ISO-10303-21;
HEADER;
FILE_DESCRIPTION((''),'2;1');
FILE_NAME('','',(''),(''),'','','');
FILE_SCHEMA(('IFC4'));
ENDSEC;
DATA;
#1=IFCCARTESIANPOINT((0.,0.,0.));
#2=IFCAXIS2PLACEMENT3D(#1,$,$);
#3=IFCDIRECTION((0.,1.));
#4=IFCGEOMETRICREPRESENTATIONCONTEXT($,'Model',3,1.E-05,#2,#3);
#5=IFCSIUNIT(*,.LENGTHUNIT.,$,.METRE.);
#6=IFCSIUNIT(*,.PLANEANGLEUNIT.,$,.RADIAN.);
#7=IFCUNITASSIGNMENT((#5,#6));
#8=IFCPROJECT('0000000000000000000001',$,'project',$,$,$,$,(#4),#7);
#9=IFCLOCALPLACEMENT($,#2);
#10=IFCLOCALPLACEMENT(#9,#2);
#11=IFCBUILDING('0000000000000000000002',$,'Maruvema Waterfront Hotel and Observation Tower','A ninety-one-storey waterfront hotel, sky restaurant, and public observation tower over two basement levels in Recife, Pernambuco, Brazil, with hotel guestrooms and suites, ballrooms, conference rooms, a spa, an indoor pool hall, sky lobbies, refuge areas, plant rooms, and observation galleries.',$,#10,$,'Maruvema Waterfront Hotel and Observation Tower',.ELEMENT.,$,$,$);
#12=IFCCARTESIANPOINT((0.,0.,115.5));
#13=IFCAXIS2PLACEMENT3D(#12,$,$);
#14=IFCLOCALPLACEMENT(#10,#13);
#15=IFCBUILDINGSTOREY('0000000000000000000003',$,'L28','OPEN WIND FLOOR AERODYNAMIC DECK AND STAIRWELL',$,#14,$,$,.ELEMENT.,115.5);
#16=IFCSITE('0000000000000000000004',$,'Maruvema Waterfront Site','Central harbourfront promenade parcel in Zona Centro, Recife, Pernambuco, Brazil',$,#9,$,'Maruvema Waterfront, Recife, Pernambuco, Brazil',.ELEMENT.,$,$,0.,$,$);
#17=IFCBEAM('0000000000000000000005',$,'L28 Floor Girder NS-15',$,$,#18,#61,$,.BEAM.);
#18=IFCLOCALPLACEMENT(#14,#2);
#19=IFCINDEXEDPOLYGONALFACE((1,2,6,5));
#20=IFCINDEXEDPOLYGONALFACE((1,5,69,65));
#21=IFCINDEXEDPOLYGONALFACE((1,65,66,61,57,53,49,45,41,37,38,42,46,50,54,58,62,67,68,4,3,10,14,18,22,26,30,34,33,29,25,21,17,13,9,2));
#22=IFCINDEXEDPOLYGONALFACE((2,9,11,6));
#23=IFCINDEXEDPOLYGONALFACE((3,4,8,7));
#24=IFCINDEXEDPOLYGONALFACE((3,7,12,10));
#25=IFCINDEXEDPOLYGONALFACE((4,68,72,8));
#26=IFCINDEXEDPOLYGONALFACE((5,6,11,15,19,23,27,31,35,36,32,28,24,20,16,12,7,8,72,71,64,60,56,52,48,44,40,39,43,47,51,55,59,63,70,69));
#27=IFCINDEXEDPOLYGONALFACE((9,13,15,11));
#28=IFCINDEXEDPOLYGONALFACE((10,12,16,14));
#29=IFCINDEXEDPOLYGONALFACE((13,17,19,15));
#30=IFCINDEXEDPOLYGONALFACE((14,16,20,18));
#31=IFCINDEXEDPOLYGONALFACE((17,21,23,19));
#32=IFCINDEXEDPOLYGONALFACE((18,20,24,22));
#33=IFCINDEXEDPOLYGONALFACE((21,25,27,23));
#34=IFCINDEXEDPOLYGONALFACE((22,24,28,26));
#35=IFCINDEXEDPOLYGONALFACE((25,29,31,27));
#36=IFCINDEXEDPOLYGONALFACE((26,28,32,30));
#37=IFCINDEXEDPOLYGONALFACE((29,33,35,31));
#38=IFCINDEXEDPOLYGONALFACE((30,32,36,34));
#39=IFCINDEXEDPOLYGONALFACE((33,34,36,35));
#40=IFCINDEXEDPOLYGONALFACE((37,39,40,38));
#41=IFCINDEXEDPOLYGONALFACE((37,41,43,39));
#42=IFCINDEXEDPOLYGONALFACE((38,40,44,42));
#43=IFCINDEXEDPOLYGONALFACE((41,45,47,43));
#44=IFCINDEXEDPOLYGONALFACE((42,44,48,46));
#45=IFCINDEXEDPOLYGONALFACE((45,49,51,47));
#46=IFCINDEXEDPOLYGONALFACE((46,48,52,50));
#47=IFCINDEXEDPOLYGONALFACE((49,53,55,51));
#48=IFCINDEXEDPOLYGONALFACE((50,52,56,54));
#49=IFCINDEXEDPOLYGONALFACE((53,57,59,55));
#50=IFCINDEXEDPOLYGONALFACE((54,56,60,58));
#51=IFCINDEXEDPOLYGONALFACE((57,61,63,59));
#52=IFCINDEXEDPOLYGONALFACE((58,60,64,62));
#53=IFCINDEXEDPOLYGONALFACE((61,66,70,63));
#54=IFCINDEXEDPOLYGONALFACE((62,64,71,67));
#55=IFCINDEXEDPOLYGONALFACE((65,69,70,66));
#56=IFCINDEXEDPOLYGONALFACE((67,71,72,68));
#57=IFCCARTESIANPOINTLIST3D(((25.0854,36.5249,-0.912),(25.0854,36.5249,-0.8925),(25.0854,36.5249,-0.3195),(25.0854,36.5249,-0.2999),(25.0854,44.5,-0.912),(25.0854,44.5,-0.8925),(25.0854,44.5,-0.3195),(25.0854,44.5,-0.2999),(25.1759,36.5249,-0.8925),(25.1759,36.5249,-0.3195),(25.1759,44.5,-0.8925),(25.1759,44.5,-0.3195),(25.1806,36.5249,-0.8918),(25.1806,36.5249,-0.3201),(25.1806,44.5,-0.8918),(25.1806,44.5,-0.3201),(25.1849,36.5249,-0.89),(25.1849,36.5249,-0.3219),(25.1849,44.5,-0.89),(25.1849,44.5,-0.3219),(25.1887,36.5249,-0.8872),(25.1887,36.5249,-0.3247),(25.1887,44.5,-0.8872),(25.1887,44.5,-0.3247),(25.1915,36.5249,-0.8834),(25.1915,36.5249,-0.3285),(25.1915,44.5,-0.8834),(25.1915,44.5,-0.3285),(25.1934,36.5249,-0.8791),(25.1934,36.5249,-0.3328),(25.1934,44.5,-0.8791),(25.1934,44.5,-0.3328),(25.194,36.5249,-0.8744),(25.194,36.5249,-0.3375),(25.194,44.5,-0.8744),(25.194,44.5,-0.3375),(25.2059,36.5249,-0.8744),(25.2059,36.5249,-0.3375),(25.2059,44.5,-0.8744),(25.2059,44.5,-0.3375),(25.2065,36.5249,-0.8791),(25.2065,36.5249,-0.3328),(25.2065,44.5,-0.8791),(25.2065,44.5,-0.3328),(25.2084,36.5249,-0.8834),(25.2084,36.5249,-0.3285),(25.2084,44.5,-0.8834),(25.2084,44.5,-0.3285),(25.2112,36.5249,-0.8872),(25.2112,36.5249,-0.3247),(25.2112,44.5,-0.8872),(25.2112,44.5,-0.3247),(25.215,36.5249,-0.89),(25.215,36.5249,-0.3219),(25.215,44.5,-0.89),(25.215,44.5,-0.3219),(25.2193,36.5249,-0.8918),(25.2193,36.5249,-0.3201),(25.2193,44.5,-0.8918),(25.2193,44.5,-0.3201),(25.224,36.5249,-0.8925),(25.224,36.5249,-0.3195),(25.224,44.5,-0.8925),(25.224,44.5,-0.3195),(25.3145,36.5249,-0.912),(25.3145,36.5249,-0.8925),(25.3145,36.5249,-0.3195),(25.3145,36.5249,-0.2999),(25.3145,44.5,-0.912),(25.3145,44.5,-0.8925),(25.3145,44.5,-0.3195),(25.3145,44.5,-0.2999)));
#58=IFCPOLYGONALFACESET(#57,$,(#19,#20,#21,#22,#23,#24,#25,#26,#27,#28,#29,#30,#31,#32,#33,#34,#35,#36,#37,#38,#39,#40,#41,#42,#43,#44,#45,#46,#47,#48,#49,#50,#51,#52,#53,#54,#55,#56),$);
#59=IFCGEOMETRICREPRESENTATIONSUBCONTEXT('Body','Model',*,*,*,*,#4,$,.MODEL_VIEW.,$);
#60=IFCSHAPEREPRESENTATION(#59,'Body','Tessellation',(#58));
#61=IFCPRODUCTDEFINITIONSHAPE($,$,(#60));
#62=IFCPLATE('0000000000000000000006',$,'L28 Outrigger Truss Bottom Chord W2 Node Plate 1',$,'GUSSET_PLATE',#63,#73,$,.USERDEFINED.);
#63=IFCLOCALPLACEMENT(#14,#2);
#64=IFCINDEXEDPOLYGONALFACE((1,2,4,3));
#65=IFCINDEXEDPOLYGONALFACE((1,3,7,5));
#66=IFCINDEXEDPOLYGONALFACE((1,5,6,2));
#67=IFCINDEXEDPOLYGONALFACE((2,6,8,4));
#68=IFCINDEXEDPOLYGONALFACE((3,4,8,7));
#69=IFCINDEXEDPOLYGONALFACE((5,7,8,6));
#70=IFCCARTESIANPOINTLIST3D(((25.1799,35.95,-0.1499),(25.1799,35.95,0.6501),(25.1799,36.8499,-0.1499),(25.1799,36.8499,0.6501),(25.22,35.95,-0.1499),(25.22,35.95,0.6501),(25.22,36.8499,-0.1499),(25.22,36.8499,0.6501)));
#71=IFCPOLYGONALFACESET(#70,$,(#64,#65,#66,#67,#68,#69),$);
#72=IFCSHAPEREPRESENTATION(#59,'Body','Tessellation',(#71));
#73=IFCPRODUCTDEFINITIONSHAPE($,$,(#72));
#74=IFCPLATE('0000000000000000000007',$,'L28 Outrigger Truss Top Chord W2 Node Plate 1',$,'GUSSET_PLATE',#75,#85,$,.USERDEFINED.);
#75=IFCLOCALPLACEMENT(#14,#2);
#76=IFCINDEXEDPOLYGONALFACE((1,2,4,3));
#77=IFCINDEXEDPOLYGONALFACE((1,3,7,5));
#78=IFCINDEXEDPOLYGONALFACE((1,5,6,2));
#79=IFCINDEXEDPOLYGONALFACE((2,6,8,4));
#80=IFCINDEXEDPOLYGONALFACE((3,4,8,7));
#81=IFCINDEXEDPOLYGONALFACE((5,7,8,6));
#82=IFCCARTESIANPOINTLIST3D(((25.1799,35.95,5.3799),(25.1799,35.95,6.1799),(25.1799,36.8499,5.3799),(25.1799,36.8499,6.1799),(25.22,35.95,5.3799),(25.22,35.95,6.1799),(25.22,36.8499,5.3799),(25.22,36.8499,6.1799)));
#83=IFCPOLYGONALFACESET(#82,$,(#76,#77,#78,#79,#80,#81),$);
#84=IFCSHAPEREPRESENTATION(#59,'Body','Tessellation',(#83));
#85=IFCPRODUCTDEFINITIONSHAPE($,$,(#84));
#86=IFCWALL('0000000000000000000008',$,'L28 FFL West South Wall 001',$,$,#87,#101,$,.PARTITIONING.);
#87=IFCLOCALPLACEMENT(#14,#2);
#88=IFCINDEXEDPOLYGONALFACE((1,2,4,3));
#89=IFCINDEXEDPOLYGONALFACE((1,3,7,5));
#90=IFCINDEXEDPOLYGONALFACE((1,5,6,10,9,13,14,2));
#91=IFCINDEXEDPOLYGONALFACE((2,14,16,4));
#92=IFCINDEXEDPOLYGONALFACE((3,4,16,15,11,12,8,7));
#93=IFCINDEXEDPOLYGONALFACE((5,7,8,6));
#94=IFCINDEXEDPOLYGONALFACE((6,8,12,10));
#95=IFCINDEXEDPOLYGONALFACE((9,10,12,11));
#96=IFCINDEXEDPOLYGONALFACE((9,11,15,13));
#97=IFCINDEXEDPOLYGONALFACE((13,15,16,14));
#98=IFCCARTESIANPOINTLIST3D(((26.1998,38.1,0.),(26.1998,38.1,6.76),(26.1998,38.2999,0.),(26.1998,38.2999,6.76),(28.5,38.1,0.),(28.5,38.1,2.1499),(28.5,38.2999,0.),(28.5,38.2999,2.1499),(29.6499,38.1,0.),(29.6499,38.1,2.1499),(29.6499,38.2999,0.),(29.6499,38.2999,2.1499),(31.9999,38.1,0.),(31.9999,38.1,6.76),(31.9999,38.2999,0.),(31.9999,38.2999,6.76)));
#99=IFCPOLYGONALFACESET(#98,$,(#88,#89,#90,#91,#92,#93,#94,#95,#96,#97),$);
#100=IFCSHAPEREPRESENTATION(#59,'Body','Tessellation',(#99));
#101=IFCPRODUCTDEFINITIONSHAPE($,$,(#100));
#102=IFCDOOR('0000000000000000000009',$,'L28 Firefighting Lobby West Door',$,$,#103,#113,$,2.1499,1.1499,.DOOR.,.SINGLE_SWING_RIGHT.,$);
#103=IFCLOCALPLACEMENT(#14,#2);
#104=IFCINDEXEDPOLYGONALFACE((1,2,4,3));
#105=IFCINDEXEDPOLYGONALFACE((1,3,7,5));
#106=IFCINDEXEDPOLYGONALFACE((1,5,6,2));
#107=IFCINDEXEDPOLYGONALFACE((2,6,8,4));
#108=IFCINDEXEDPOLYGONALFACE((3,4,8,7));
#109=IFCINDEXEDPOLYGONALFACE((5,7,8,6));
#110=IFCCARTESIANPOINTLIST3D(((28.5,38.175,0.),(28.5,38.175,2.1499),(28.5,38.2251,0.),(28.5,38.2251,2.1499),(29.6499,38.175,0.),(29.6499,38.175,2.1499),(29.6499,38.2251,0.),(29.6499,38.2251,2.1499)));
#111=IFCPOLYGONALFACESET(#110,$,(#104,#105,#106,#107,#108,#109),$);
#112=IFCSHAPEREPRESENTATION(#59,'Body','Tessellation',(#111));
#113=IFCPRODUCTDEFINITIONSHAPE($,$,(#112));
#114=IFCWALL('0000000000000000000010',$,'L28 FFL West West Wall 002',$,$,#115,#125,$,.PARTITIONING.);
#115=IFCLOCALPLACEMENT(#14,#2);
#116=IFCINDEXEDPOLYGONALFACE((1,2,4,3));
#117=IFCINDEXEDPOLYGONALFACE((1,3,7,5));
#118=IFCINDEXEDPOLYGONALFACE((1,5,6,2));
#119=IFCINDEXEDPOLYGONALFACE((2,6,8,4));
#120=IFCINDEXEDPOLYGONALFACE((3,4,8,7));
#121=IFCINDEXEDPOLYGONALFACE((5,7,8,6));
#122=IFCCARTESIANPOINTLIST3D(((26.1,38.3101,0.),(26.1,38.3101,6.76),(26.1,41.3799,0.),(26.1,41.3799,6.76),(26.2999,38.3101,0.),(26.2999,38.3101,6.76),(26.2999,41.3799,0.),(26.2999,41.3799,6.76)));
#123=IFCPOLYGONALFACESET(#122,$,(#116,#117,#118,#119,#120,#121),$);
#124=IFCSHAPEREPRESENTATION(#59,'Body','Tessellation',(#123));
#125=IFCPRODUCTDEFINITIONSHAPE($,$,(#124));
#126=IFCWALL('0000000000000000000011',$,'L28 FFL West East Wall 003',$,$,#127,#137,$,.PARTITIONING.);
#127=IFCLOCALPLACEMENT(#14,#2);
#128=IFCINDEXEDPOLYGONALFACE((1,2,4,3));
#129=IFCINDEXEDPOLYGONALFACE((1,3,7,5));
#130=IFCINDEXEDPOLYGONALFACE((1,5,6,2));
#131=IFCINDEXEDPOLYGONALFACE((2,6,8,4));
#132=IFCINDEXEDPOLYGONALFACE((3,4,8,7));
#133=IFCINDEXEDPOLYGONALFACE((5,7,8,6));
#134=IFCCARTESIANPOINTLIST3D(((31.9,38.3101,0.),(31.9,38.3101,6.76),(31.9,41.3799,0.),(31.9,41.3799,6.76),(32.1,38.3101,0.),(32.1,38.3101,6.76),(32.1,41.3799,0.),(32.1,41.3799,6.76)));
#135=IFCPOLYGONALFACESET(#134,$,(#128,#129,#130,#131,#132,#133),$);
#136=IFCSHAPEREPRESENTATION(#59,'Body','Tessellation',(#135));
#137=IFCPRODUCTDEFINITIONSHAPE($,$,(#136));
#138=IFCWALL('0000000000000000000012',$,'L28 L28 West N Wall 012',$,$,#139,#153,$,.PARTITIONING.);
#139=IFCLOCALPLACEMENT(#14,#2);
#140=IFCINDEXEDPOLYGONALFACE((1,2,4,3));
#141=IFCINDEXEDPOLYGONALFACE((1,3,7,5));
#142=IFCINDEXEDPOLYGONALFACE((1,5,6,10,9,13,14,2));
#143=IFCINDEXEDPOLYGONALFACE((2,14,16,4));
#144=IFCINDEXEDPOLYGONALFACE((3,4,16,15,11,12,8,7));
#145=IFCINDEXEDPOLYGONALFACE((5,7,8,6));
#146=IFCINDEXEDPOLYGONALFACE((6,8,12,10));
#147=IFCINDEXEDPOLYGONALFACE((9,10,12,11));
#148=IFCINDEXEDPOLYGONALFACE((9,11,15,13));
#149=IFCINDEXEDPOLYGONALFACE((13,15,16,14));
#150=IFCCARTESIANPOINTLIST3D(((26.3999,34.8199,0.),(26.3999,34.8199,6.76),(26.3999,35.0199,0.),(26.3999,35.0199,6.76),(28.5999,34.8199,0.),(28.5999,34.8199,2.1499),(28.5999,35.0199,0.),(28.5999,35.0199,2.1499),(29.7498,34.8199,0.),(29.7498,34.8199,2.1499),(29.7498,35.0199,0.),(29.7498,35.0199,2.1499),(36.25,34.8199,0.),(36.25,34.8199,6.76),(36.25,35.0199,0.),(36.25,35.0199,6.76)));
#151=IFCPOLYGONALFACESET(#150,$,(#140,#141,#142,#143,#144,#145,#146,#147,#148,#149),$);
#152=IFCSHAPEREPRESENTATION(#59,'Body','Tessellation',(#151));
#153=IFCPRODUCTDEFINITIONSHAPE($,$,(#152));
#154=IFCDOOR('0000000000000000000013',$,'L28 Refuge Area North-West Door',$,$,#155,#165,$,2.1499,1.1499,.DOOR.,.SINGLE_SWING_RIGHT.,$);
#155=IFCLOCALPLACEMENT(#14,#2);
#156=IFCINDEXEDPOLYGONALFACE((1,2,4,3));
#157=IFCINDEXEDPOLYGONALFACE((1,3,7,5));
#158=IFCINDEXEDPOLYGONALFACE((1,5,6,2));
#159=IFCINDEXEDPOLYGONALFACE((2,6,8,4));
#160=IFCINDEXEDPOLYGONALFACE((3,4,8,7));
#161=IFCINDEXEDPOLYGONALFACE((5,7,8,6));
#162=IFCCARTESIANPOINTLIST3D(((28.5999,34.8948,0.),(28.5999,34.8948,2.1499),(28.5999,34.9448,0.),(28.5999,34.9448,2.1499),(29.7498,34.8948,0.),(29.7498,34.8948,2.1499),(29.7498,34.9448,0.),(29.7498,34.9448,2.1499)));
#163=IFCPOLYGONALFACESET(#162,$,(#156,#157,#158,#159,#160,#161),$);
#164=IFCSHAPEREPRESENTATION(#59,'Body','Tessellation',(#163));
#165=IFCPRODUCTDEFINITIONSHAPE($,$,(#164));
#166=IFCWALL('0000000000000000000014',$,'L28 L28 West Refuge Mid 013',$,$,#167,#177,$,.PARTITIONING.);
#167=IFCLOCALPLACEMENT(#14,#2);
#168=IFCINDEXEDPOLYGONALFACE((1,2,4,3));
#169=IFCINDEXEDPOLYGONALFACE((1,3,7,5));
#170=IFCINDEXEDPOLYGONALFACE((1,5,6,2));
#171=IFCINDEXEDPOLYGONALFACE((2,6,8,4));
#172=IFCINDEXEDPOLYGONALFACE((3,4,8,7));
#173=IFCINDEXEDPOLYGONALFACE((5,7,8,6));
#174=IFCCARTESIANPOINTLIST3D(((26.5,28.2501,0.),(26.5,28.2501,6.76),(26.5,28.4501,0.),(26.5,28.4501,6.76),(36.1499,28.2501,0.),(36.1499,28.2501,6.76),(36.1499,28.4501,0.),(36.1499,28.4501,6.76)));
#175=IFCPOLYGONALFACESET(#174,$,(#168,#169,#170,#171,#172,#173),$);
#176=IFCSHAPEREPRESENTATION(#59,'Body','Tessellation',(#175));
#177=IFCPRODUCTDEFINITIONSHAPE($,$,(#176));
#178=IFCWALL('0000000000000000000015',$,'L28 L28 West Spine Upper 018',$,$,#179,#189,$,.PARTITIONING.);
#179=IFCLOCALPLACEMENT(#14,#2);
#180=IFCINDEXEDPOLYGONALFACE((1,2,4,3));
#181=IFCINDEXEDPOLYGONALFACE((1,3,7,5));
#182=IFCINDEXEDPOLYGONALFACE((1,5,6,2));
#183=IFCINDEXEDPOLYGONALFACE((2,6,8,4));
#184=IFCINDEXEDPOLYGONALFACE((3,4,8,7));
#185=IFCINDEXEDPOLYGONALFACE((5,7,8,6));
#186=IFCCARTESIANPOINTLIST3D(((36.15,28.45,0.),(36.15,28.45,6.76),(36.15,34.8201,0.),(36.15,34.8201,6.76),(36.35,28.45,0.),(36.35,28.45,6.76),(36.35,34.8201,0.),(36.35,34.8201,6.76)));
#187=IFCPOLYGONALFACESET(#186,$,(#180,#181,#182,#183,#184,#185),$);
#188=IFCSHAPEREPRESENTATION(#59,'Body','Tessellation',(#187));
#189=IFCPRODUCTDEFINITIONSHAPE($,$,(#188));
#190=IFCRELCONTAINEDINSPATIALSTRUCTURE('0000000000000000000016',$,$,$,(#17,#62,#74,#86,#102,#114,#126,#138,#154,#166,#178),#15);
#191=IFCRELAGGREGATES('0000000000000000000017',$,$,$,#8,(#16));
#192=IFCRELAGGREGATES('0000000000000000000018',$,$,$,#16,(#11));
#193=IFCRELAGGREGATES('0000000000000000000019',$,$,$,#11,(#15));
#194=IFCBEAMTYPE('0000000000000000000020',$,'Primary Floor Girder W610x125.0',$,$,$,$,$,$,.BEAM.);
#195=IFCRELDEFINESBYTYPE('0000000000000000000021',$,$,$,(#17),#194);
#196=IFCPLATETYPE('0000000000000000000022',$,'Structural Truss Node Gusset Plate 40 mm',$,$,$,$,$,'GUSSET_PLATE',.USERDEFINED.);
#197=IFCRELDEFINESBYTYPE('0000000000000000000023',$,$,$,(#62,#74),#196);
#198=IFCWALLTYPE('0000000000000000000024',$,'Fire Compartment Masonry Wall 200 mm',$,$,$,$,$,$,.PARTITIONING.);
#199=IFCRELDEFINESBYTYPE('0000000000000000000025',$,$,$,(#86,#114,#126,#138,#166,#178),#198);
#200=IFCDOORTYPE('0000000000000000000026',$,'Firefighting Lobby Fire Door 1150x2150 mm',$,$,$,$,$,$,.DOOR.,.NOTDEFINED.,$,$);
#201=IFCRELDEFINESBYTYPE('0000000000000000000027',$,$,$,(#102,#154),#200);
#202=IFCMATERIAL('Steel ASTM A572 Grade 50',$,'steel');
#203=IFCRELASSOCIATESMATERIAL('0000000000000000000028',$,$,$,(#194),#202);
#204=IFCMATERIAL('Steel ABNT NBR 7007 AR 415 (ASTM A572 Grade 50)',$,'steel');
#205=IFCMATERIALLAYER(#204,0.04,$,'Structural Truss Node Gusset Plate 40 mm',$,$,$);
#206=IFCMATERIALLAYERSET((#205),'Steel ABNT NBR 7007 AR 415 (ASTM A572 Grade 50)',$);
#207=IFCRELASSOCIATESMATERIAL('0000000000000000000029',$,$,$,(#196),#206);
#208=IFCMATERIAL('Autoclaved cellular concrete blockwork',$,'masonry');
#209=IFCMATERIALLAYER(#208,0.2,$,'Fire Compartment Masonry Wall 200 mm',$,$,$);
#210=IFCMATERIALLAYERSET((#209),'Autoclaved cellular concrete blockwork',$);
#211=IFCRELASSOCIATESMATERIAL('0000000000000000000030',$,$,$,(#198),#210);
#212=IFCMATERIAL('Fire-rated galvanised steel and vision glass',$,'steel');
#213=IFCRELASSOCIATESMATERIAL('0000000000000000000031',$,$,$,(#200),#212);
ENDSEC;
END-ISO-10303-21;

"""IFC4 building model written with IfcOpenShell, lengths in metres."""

from ifc_helpers import new_model, si_unit, direction, frame, frame_2d, origin, origin_2d, place, context, subcontext, project, spatial, rectangle, i_section, extrude, material, layer, layer_set, material_profile, profile_set, type_object, element, fill, save


model = new_model("IFC4")

# Units and contexts
model_context = context("Model", 3, precision=1e-05, world=origin(), true_north=direction((0.0, 1.0)))
body_context = subcontext(model_context, "Body", "Model", "MODEL_VIEW")
ifc_project = project(units=[si_unit("LENGTHUNIT", "METRE"), si_unit("PLANEANGLEUNIT", "RADIAN")], contexts=[model_context])

# Site, building, storey
site_placement = place(None, origin())
site = spatial("IfcSite", under=ifc_project, at=site_placement, Name="Maruvema Waterfront Site", Description="Central harbourfront promenade parcel in Zona Centro, Recife, Pernambuco, Brazil", LongName="Maruvema Waterfront, Recife, Pernambuco, Brazil", CompositionType="ELEMENT", RefElevation=0.0)
building_placement = place(site_placement, origin())
building = spatial("IfcBuilding", under=site, at=building_placement, Name="Maruvema Waterfront Hotel and Observation Tower", Description="A ninety-one-storey waterfront hotel, sky restaurant, and public observation tower over two basement levels in Recife, Pernambuco, Brazil, with hotel guestrooms and suites, ballrooms, conference rooms, a spa, an indoor pool hall, sky lobbies, refuge areas, plant rooms, and observation galleries.", LongName="Maruvema Waterfront Hotel and Observation Tower", CompositionType="ELEMENT")
storey_placement = place(building_placement, frame((0.0, 0.0, 115.5)))
storey = spatial("IfcBuildingStorey", under=building, at=storey_placement, Name="L28", Description="OPEN WIND FLOOR AERODYNAMIC DECK AND STAIRWELL", CompositionType="ELEMENT", Elevation=115.5)

# Beam
ifc_material_1 = material(Name="Steel ASTM A572 Grade 50", Category="steel")
ifc_material_profile_1 = material_profile(ifc_material_1, i_section(OverallWidth=0.229, OverallDepth=0.6121, WebThickness=0.012, FlangeThickness=0.0195, FilletRadius=0.0181, at=origin_2d()), Name="W610x125.0")
ifc_profile_set_1 = profile_set([ifc_material_profile_1], Name="Steel ASTM A572 Grade 50")
beam_type = type_object("IfcBeamType", Name="Primary Floor Girder W610x125.0", PredefinedType="BEAM", material=ifc_profile_set_1)
beam_1_placement = place(storey_placement, frame((25.2, 36.5249, -0.606), z_axis=(0.0, 1.0, 0.0), x_axis=(-1.0, 0.0, 0.0)))
element("IfcBeam", 1, at=beam_1_placement, inside=storey, type_object=beam_type, Name="L28 Floor Girder NS-15", PredefinedType="BEAM", context=body_context, shape_type="SweptSolid", body=[
    extrude(i_section(OverallWidth=0.229, OverallDepth=0.6121, WebThickness=0.012, FlangeThickness=0.0195, FilletRadius=0.0181, at=origin_2d()), origin(), (0.0, 0.0, 1.0), 7.9751),
])

# Plates
ifc_material_2 = material(Name="Steel ABNT NBR 7007 AR 415 (ASTM A572 Grade 50)", Category="steel")
ifc_layer_1 = layer(ifc_material_2, 0.04, Name="Structural Truss Node Gusset Plate 40 mm")
ifc_layer_set_1 = layer_set([ifc_layer_1], Name="Steel ABNT NBR 7007 AR 415 (ASTM A572 Grade 50)")
plate_type = type_object("IfcPlateType", Name="Structural Truss Node Gusset Plate 40 mm", ElementType="GUSSET_PLATE", PredefinedType="USERDEFINED", material=ifc_layer_set_1)
for number, where, z_axis, x_axis, name in (
    (2, (25.2, 36.3999, -0.1499), (0.0, 0.0, 1.0), (0.0, 1.0, 0.0), "L28 Outrigger Truss Bottom Chord W2 Node Plate 1"),
    (3, (25.2, 36.3999, 5.3799), (0.0, 0.0, 1.0), (0.0, 1.0, 0.0), "L28 Outrigger Truss Top Chord W2 Node Plate 1"),
):
    element("IfcPlate", number, at=place(storey_placement, frame(where, z_axis=z_axis, x_axis=x_axis)), inside=storey, type_object=plate_type, Name=name, ObjectType="GUSSET_PLATE", PredefinedType="USERDEFINED", context=body_context, shape_type="SweptSolid", body=[
        extrude(rectangle(XDim=0.8999, YDim=0.04, at=origin_2d()), origin(), (0.0, 0.0, 1.0), 0.8),
    ])

# Wall, opening, door
ifc_material_3 = material(Name="Autoclaved cellular concrete blockwork", Category="masonry")
ifc_layer_2 = layer(ifc_material_3, 0.2, Name="Fire Compartment Masonry Wall 200 mm")
ifc_layer_set_2 = layer_set([ifc_layer_2], Name="Autoclaved cellular concrete blockwork")
wall_type = type_object("IfcWallType", Name="Fire Compartment Masonry Wall 200 mm", PredefinedType="PARTITIONING", material=ifc_layer_set_2)
wall_1_placement = place(storey_placement, frame((26.2, 38.2, 0.0), z_axis=(0.0, 0.0, 1.0), x_axis=(1.0, 0.0, 0.0)))
wall_1 = element("IfcWall", 4, at=wall_1_placement, inside=storey, type_object=wall_type, Name="L28 FFL West South Wall 001", PredefinedType="PARTITIONING", context=body_context, shape_type="SweptSolid", body=[
    extrude(rectangle(XDim=5.8, YDim=0.2, at=frame_2d((2.8999, 0.0))), origin(), (0.0, 0.0, 1.0), 6.76),
])
opening_1_placement = place(wall_1_placement, frame((2.3, 0.0, 0.0)))
opening_1 = element("IfcOpeningElement", 5, at=opening_1_placement, cuts=wall_1, PredefinedType="OPENING", context=body_context, shape_type="SweptSolid", body=[
    extrude(rectangle(XDim=1.1499, YDim=2.1499, at=frame_2d((0.575, 1.075))), frame((0.0, 0.1099, 0.0), z_axis=(0.0, -1.0, 0.0), x_axis=(1.0, 0.0, 0.0)), (0.0, 0.0, 1.0), 0.22),
])
ifc_material_4 = material(Name="Fire-rated galvanised steel and vision glass", Category="steel")
door_type = type_object("IfcDoorType", Name="Firefighting Lobby Fire Door 1150x2150 mm", OperationType="NOTDEFINED", PredefinedType="DOOR", material=ifc_material_4)
door_1_placement = place(opening_1_placement, frame((1.1499, 0.0, 0.0), z_axis=(0.0, 0.0, 1.0), x_axis=(-1.0, 0.0, 0.0)))
door_1 = element("IfcDoor", 6, at=door_1_placement, inside=storey, type_object=door_type, Name="L28 Firefighting Lobby West Door", OperationType="SINGLE_SWING_RIGHT", OverallHeight=2.1499, OverallWidth=1.1499, PredefinedType="DOOR", context=body_context, shape_type="SweptSolid", body=[
    extrude(rectangle(XDim=1.1499, YDim=2.1499, at=frame_2d((0.575, 1.075))), frame((0.0, 0.0249, 0.0), z_axis=(0.0, -1.0, 0.0), x_axis=(1.0, 0.0, 0.0)), (0.0, 0.0, 1.0), 0.05),
])
fill(opening_1, door_1)

# Walls
for number, where, z_axis, x_axis, name in (
    (7, (26.2, 38.3101, 0.0), (0.0, 0.0, 1.0), (0.0, 1.0, 0.0), "L28 FFL West West Wall 002"),
    (8, (32.0, 38.3101, 0.0), (0.0, 0.0, 1.0), (0.0, 1.0, 0.0), "L28 FFL West East Wall 003"),
):
    element("IfcWall", number, at=place(storey_placement, frame(where, z_axis=z_axis, x_axis=x_axis)), inside=storey, type_object=wall_type, Name=name, PredefinedType="PARTITIONING", context=body_context, shape_type="SweptSolid", body=[
        extrude(rectangle(XDim=3.0698, YDim=0.2, at=frame_2d((1.5349, 0.0))), origin(), (0.0, 0.0, 1.0), 6.76),
    ])

# Wall, opening, door
wall_2_placement = place(storey_placement, frame((26.3999, 34.9199, 0.0), z_axis=(0.0, 0.0, 1.0), x_axis=(1.0, 0.0, 0.0)))
wall_2 = element("IfcWall", 9, at=wall_2_placement, inside=storey, type_object=wall_type, Name="L28 L28 West N Wall 012", PredefinedType="PARTITIONING", context=body_context, shape_type="SweptSolid", body=[
    extrude(rectangle(XDim=9.8501, YDim=0.2, at=frame_2d((4.925, 0.0))), origin(), (0.0, 0.0, 1.0), 6.76),
])
opening_2_placement = place(wall_2_placement, frame((2.2, 0.0, 0.0)))
opening_2 = element("IfcOpeningElement", 10, at=opening_2_placement, cuts=wall_2, PredefinedType="OPENING", context=body_context, shape_type="SweptSolid", body=[
    extrude(rectangle(XDim=1.1499, YDim=2.1499, at=frame_2d((0.575, 1.075))), frame((0.0, 0.1099, 0.0), z_axis=(0.0, -1.0, 0.0), x_axis=(1.0, 0.0, 0.0)), (0.0, 0.0, 1.0), 0.22),
])
door_2_placement = place(opening_2_placement, origin())
door_2 = element("IfcDoor", 11, at=door_2_placement, inside=storey, type_object=door_type, Name="L28 Refuge Area North-West Door", OperationType="SINGLE_SWING_RIGHT", OverallHeight=2.1499, OverallWidth=1.1499, PredefinedType="DOOR", context=body_context, shape_type="SweptSolid", body=[
    extrude(rectangle(XDim=1.1499, YDim=2.1499, at=frame_2d((0.575, 1.075))), frame((0.0, 0.0249, 0.0), z_axis=(0.0, -1.0, 0.0), x_axis=(1.0, 0.0, 0.0)), (0.0, 0.0, 1.0), 0.05),
])
fill(opening_2, door_2)

# Walls
wall_3_placement = place(storey_placement, frame((26.5, 28.3501, 0.0), z_axis=(0.0, 0.0, 1.0), x_axis=(1.0, 0.0, 0.0)))
element("IfcWall", 12, at=wall_3_placement, inside=storey, type_object=wall_type, Name="L28 L28 West Refuge Mid 013", PredefinedType="PARTITIONING", context=body_context, shape_type="SweptSolid", body=[
    extrude(rectangle(XDim=9.6499, YDim=0.2, at=frame_2d((4.825, 0.0))), origin(), (0.0, 0.0, 1.0), 6.76),
])
wall_4_placement = place(storey_placement, frame((36.25, 28.45, 0.0), z_axis=(0.0, 0.0, 1.0), x_axis=(0.0, 1.0, 0.0)))
element("IfcWall", 13, at=wall_4_placement, inside=storey, type_object=wall_type, Name="L28 L28 West Spine Upper 018", PredefinedType="PARTITIONING", context=body_context, shape_type="SweptSolid", body=[
    extrude(rectangle(XDim=6.3701, YDim=0.2, at=frame_2d((3.1851, 0.0))), origin(), (0.0, 0.0, 1.0), 6.76),
])

save(model, "model.ifc")
